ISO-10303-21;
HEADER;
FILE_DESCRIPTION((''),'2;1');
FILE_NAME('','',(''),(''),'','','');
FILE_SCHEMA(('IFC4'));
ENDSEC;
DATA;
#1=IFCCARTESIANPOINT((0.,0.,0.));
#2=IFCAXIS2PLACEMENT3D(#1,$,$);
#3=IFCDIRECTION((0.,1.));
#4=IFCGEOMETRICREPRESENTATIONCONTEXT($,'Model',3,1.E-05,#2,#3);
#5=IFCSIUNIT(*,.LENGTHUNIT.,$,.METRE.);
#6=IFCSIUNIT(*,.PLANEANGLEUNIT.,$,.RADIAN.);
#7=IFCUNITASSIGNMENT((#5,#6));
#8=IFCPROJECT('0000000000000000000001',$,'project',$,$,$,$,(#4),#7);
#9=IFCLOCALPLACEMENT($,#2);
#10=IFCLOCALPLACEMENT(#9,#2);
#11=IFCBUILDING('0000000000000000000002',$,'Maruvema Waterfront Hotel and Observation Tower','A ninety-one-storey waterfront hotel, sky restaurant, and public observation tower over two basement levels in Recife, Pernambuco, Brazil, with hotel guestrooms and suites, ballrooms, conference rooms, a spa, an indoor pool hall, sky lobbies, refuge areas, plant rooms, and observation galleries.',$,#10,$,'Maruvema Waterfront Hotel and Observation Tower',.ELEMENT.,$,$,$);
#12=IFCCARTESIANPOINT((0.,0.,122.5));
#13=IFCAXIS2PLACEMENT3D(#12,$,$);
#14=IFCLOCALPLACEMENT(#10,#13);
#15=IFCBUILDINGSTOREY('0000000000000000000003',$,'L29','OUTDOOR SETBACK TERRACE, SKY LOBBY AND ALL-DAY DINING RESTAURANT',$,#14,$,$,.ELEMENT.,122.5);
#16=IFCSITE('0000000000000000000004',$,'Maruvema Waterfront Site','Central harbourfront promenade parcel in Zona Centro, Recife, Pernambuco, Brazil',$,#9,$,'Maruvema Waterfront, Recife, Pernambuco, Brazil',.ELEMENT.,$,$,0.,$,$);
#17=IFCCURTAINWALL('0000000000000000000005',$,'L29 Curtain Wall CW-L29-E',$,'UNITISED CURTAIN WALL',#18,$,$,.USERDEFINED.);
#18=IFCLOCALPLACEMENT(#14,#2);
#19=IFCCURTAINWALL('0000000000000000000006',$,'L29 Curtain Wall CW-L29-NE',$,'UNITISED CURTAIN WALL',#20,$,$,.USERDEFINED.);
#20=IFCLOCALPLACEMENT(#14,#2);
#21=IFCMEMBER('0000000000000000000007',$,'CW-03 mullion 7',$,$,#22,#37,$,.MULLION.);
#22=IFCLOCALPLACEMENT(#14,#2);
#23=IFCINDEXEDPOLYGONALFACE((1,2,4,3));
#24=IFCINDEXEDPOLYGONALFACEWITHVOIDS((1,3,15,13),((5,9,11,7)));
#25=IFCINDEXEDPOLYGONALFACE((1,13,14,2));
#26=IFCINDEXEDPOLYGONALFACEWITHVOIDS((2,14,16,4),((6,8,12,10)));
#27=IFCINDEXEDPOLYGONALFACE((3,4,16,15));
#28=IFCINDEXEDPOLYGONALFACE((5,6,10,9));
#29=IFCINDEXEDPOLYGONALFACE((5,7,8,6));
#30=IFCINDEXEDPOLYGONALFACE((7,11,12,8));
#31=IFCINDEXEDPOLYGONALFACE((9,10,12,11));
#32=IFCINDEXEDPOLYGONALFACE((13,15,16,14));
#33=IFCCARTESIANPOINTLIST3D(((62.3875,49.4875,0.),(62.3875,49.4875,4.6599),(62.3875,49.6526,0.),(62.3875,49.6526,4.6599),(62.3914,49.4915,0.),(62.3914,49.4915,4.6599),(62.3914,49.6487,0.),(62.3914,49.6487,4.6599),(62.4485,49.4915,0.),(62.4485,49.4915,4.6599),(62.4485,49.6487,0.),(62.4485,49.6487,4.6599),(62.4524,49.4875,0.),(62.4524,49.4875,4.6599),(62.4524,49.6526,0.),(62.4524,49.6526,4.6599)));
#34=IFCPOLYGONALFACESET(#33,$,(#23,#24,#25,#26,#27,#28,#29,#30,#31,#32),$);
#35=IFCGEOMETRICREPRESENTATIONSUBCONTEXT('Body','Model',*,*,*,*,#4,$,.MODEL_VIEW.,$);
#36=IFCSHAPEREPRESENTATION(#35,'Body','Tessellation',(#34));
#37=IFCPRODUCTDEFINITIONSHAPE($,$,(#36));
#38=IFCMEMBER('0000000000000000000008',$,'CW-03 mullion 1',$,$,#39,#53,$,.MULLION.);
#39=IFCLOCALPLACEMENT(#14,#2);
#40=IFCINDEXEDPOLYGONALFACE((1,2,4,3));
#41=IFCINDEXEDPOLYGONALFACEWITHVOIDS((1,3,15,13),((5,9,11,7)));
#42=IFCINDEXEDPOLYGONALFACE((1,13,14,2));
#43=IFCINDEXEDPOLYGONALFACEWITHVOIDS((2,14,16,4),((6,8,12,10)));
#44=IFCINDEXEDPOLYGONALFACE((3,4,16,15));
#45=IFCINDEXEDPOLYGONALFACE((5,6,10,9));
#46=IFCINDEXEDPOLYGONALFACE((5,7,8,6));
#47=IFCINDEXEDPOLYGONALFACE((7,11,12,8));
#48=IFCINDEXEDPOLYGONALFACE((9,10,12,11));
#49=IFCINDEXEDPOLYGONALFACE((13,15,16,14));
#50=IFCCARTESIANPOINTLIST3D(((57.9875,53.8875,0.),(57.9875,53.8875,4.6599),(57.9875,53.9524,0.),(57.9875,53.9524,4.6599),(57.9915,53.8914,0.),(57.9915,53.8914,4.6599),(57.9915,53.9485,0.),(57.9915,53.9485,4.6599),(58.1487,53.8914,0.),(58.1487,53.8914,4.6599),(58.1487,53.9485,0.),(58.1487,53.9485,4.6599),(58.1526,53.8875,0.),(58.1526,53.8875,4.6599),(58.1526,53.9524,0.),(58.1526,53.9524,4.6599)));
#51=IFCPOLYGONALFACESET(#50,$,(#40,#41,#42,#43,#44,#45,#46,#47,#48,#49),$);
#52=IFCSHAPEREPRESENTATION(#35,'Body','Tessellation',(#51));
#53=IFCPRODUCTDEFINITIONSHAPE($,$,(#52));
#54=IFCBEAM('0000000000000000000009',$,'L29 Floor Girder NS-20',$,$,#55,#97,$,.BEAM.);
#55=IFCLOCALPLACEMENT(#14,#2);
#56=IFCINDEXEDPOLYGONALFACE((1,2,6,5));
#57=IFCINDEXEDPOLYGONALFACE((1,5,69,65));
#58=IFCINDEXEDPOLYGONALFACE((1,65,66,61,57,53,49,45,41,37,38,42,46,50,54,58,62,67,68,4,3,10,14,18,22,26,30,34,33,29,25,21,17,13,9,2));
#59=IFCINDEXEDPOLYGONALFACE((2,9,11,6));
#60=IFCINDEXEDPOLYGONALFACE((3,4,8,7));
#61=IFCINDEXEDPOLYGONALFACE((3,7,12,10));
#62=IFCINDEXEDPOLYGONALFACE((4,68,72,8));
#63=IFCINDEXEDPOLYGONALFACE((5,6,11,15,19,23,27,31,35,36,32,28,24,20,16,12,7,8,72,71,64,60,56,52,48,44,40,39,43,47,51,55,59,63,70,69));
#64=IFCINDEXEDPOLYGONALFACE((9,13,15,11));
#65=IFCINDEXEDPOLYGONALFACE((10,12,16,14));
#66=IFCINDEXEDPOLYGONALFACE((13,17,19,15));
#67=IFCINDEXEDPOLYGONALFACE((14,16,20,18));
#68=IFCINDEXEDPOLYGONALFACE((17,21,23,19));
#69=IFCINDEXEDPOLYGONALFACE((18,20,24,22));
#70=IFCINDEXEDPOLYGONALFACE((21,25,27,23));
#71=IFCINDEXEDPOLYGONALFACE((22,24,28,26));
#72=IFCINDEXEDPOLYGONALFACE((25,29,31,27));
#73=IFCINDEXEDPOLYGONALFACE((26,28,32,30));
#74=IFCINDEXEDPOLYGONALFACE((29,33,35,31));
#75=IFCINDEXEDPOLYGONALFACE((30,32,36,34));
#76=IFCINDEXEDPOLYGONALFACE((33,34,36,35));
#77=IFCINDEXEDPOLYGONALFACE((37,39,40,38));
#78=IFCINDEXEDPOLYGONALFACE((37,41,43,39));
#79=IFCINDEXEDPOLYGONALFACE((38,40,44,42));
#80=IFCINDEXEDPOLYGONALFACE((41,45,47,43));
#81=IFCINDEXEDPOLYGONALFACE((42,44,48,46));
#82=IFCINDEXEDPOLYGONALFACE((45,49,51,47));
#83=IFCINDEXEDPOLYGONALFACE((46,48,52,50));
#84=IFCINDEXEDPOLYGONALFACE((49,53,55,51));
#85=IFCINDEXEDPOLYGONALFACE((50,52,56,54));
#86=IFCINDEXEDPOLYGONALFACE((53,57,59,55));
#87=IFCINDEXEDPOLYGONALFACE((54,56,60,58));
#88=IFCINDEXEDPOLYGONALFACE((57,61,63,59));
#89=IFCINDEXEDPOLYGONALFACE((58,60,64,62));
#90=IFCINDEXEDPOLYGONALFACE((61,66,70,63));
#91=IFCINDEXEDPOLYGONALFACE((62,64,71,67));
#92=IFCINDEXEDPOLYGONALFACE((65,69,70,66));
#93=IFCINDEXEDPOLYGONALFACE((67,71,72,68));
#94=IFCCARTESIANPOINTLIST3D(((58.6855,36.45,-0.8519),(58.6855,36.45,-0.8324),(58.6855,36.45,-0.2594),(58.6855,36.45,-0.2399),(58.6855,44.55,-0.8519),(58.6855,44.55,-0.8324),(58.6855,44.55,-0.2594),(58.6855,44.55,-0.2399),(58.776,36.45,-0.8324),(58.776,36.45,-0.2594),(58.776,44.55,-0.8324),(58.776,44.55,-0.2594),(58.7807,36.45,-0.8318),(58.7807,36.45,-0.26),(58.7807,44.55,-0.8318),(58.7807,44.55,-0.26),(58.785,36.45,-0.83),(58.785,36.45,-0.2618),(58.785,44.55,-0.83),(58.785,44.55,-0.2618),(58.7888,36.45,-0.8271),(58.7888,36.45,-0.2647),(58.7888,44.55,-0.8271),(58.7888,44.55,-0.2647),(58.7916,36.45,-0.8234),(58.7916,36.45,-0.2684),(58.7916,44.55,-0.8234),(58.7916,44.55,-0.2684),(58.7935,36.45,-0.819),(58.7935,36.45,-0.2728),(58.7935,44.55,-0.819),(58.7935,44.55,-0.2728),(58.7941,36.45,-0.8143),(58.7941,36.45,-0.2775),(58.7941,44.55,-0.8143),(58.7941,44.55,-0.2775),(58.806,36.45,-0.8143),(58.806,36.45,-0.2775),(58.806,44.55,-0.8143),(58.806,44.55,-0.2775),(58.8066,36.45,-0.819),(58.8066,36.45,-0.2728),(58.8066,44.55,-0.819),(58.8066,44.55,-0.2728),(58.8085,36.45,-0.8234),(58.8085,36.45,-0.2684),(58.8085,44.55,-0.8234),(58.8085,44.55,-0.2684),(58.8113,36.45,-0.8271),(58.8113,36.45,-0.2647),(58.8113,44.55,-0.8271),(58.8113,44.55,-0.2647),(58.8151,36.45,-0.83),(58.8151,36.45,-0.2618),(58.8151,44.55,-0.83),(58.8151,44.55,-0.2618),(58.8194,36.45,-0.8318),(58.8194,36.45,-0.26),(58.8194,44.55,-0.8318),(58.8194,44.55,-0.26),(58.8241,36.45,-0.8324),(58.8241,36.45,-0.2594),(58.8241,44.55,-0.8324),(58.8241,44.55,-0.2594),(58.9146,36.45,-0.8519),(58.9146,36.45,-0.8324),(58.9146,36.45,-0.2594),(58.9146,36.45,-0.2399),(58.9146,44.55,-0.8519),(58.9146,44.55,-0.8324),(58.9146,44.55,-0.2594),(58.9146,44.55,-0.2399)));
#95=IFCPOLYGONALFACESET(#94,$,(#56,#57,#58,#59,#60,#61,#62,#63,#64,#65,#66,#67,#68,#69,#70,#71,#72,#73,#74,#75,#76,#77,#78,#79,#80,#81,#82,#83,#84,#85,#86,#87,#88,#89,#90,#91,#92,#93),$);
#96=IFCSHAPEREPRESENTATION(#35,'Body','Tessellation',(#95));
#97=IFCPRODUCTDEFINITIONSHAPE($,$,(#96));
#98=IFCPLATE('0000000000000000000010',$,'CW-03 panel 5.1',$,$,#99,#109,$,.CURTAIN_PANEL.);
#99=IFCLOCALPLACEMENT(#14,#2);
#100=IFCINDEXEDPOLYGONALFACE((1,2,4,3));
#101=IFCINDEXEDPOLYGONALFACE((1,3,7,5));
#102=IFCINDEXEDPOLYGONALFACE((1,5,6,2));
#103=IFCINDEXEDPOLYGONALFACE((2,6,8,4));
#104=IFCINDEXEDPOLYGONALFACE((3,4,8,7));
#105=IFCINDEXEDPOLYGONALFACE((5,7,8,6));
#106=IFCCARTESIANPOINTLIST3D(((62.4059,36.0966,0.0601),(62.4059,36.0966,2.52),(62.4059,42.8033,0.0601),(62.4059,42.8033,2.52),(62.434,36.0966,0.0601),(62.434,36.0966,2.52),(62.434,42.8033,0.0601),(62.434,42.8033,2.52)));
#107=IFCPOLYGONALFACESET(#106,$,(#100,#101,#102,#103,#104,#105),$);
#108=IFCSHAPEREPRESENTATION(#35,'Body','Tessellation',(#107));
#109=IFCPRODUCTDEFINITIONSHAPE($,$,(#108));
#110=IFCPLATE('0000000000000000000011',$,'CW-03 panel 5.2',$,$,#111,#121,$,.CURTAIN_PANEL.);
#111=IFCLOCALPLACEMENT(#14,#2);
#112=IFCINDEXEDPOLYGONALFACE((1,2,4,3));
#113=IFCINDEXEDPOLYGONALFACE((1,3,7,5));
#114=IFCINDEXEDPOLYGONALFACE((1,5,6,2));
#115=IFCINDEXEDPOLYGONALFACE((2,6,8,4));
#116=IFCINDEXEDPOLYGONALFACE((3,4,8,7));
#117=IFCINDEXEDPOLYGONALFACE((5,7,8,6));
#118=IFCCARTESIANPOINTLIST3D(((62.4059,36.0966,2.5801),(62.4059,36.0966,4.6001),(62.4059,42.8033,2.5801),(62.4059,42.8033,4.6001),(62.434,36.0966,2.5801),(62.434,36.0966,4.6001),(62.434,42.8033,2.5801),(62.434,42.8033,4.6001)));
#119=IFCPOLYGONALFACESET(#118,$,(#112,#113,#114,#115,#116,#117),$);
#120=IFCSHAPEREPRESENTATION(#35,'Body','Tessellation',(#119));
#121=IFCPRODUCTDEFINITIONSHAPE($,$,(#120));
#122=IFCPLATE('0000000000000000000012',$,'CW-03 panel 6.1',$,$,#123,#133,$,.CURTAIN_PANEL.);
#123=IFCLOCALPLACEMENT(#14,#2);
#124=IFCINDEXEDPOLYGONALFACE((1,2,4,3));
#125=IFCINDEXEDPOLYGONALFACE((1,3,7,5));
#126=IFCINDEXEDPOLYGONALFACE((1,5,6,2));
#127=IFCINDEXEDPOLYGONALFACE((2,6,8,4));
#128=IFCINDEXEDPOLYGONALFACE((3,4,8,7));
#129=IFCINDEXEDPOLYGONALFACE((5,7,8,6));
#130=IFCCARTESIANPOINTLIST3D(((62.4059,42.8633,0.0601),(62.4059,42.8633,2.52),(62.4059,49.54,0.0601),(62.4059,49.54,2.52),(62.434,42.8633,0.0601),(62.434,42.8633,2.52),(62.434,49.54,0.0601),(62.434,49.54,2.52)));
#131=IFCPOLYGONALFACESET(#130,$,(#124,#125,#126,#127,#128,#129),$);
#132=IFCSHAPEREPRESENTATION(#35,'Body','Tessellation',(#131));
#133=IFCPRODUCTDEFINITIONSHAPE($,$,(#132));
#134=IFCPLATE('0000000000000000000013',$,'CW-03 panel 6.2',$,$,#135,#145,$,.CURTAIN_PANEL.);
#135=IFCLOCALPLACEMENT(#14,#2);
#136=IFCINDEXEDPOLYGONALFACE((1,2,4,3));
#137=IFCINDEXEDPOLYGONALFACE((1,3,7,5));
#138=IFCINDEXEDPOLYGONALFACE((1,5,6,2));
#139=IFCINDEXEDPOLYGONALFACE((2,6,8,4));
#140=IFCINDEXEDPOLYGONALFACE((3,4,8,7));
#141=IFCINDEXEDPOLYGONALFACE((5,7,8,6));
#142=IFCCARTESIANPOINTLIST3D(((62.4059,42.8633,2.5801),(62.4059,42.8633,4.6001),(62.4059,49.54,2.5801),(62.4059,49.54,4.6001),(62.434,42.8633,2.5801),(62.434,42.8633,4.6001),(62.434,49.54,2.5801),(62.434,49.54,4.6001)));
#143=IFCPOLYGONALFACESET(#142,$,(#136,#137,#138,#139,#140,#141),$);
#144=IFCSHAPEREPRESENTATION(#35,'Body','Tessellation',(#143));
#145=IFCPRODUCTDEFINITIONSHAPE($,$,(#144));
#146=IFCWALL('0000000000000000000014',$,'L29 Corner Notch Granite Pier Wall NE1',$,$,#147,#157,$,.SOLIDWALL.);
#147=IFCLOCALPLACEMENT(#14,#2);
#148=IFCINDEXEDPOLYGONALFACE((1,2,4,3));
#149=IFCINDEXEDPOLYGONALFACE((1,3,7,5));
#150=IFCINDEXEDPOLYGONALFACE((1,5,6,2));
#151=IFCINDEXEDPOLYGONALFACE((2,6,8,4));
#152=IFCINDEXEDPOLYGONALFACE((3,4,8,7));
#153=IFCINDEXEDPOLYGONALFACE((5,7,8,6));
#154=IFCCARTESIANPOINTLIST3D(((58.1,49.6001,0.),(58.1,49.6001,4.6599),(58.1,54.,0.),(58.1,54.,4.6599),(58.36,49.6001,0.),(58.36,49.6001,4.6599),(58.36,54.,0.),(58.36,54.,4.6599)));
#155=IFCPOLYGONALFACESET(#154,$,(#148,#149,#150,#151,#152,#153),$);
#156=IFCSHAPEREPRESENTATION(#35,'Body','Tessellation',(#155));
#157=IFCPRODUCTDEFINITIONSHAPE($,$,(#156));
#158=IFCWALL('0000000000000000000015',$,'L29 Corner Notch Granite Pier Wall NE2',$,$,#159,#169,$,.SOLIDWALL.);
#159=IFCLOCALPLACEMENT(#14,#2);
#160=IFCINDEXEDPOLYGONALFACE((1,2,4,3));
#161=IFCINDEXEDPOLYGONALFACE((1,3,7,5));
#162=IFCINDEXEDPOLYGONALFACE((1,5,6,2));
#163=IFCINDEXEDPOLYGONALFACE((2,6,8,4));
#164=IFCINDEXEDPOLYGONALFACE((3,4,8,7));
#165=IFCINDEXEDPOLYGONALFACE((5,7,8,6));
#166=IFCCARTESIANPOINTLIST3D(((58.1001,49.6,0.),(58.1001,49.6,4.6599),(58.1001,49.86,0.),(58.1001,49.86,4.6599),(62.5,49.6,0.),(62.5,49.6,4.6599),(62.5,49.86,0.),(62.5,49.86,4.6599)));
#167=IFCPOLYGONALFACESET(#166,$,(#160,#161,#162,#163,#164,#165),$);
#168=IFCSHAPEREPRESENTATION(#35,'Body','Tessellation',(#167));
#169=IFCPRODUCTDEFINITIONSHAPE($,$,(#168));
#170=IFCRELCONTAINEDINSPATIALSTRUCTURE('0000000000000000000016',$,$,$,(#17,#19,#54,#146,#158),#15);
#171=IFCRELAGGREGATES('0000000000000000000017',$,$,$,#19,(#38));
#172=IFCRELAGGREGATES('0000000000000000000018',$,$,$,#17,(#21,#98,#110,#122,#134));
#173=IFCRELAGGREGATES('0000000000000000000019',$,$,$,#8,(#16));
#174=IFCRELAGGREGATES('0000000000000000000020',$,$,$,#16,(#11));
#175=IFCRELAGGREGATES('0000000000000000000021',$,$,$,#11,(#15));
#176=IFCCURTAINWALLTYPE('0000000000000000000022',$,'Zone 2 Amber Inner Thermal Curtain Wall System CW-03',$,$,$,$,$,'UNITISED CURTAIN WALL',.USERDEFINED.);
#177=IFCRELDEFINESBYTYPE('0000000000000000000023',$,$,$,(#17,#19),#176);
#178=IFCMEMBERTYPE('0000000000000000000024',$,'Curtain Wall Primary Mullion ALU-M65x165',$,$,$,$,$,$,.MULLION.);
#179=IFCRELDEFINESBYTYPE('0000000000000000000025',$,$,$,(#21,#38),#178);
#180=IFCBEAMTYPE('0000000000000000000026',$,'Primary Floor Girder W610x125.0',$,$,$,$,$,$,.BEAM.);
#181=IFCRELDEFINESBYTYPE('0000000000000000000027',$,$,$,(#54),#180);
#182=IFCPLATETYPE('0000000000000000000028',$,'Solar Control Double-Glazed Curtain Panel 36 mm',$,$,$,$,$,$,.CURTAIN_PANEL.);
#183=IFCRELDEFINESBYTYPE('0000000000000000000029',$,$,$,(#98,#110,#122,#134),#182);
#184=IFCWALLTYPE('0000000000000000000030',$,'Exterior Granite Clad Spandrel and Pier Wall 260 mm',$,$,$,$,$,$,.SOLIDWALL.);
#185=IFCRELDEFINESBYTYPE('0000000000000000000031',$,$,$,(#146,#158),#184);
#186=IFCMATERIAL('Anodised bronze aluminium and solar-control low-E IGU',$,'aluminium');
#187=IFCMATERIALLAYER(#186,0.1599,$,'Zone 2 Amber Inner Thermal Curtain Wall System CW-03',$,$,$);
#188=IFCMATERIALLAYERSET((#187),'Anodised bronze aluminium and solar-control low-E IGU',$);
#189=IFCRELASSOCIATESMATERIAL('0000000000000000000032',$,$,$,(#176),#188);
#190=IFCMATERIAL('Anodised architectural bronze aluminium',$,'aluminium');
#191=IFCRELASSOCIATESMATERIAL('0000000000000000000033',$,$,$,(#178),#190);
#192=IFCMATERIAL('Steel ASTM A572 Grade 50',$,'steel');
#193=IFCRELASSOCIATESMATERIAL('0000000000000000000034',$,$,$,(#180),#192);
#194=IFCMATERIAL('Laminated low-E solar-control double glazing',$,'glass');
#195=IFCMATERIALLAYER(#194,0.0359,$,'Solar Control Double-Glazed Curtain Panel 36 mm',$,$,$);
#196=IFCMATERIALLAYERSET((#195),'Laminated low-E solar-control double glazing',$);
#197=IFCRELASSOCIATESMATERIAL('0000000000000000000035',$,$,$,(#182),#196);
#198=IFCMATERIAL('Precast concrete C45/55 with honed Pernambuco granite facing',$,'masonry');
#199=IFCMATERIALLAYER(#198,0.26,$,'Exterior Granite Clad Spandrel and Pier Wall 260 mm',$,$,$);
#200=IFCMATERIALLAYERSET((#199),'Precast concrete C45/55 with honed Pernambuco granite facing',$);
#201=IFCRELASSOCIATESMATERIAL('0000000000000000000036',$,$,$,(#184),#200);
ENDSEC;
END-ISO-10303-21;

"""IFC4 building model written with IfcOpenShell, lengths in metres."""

from ifc_helpers import new_model, si_unit, direction, frame, frame_2d, origin, origin_2d, place, context, subcontext, project, spatial, rectangle, hollow_rectangle, i_section, extrude, material, layer, layer_set, material_profile, profile_set, type_object, element, aggregate, save


model = new_model("IFC4")

# Units and contexts
model_context = context("Model", 3, precision=1e-05, world=origin(), true_north=direction((0.0, 1.0)))
body_context = subcontext(model_context, "Body", "Model", "MODEL_VIEW")
ifc_project = project(units=[si_unit("LENGTHUNIT", "METRE"), si_unit("PLANEANGLEUNIT", "RADIAN")], contexts=[model_context])

# Site, building, storey
site_placement = place(None, origin())
site = spatial("IfcSite", under=ifc_project, at=site_placement, Name="Maruvema Waterfront Site", Description="Central harbourfront promenade parcel in Zona Centro, Recife, Pernambuco, Brazil", LongName="Maruvema Waterfront, Recife, Pernambuco, Brazil", CompositionType="ELEMENT", RefElevation=0.0)
building_placement = place(site_placement, origin())
building = spatial("IfcBuilding", under=site, at=building_placement, Name="Maruvema Waterfront Hotel and Observation Tower", Description="A ninety-one-storey waterfront hotel, sky restaurant, and public observation tower over two basement levels in Recife, Pernambuco, Brazil, with hotel guestrooms and suites, ballrooms, conference rooms, a spa, an indoor pool hall, sky lobbies, refuge areas, plant rooms, and observation galleries.", LongName="Maruvema Waterfront Hotel and Observation Tower", CompositionType="ELEMENT")
storey_placement = place(building_placement, frame((0.0, 0.0, 122.5)))
storey = spatial("IfcBuildingStorey", under=building, at=storey_placement, Name="L29", Description="OUTDOOR SETBACK TERRACE, SKY LOBBY AND ALL-DAY DINING RESTAURANT", CompositionType="ELEMENT", Elevation=122.5)

# Curtain wall
ifc_material_1 = material(Name="Anodised bronze aluminium and solar-control low-E IGU", Category="aluminium")
ifc_layer_1 = layer(ifc_material_1, 0.1599, Name="Zone 2 Amber Inner Thermal Curtain Wall System CW-03")
ifc_layer_set_1 = layer_set([ifc_layer_1], Name="Anodised bronze aluminium and solar-control low-E IGU")
curtain_wall_type = type_object("IfcCurtainWallType", Name="Zone 2 Amber Inner Thermal Curtain Wall System CW-03", ElementType="UNITISED CURTAIN WALL", PredefinedType="USERDEFINED", material=ifc_layer_set_1)
curtain_wall_1_placement = place(storey_placement, origin())
curtain_wall_1 = element("IfcCurtainWall", 1, at=curtain_wall_1_placement, inside=storey, type_object=curtain_wall_type, Name="L29 Curtain Wall CW-L29-E", ObjectType="UNITISED CURTAIN WALL", PredefinedType="USERDEFINED")

# Curtain wall
curtain_wall_2_placement = place(storey_placement, origin())
curtain_wall_2 = element("IfcCurtainWall", 2, at=curtain_wall_2_placement, inside=storey, type_object=curtain_wall_type, Name="L29 Curtain Wall CW-L29-NE", ObjectType="UNITISED CURTAIN WALL", PredefinedType="USERDEFINED")

# Members
ifc_material_2 = material(Name="Anodised architectural bronze aluminium", Category="aluminium")
ifc_material_profile_1 = material_profile(ifc_material_2, hollow_rectangle(XDim=0.0649, YDim=0.165, WallThickness=0.0039, at=origin_2d()), Name="ALU-M65x165")
ifc_profile_set_1 = profile_set([ifc_material_profile_1], Name="Anodised architectural bronze aluminium")
member_type_1 = type_object("IfcMemberType", Name="Curtain Wall Primary Mullion ALU-M65x165", PredefinedType="MULLION", material=ifc_profile_set_1)
member_1_placement = place(storey_placement, frame((62.4199, 49.5701, 0.0), z_axis=(0.0, 0.0, 1.0), x_axis=(-1.0, 0.0, 0.0)))
member_1 = element("IfcMember", 3, at=member_1_placement, type_object=member_type_1, Name="CW-03 mullion 7", PredefinedType="MULLION", context=body_context, shape_type="SweptSolid", body=[
    extrude(hollow_rectangle(XDim=0.0649, YDim=0.165, WallThickness=0.0039, at=origin_2d()), origin(), (0.0, 0.0, 1.0), 4.6599),
])
member_2_placement = place(storey_placement, frame((58.0701, 53.9199, 0.0), z_axis=(0.0, 0.0, 1.0), x_axis=(0.0, -1.0, 0.0)))
member_2 = element("IfcMember", 4, at=member_2_placement, type_object=member_type_1, Name="CW-03 mullion 1", PredefinedType="MULLION", context=body_context, shape_type="SweptSolid", body=[
    extrude(hollow_rectangle(XDim=0.0649, YDim=0.165, WallThickness=0.0039, at=origin_2d()), origin(), (0.0, 0.0, 1.0), 4.6599),
])
aggregate(curtain_wall_2, [member_2])

# Beam
ifc_material_3 = material(Name="Steel ASTM A572 Grade 50", Category="steel")
ifc_material_profile_2 = material_profile(ifc_material_3, i_section(OverallWidth=0.229, OverallDepth=0.6121, WebThickness=0.012, FlangeThickness=0.0195, FilletRadius=0.0181, at=origin_2d()), Name="W610x125.0")
ifc_profile_set_2 = profile_set([ifc_material_profile_2], Name="Steel ASTM A572 Grade 50")
beam_type = type_object("IfcBeamType", Name="Primary Floor Girder W610x125.0", PredefinedType="BEAM", material=ifc_profile_set_2)
beam_placement = place(storey_placement, frame((58.8, 36.45, -0.5459), z_axis=(0.0, 1.0, 0.0), x_axis=(-1.0, 0.0, 0.0)))
element("IfcBeam", 5, at=beam_placement, inside=storey, type_object=beam_type, Name="L29 Floor Girder NS-20", PredefinedType="BEAM", context=body_context, shape_type="SweptSolid", body=[
    extrude(i_section(OverallWidth=0.229, OverallDepth=0.6121, WebThickness=0.012, FlangeThickness=0.0195, FilletRadius=0.0181, at=origin_2d()), origin(), (0.0, 0.0, 1.0), 8.1001),
])

# Plates
ifc_material_4 = material(Name="Laminated low-E solar-control double glazing", Category="glass")
ifc_layer_2 = layer(ifc_material_4, 0.0359, Name="Solar Control Double-Glazed Curtain Panel 36 mm")
ifc_layer_set_2 = layer_set([ifc_layer_2], Name="Laminated low-E solar-control double glazing")
plate_type = type_object("IfcPlateType", Name="Solar Control Double-Glazed Curtain Panel 36 mm", PredefinedType="CURTAIN_PANEL", material=ifc_layer_set_2)
plate_1_placement = place(storey_placement, frame((62.4199, 39.45, 0.0601), z_axis=(0.0, 0.0, 1.0), x_axis=(0.0, 1.0, 0.0)))
plate_1 = element("IfcPlate", 6, at=plate_1_placement, type_object=plate_type, Name="CW-03 panel 5.1", PredefinedType="CURTAIN_PANEL", context=body_context, shape_type="SweptSolid", body=[
    extrude(rectangle(XDim=6.7068, YDim=0.0281, at=origin_2d()), origin(), (0.0, 0.0, 1.0), 2.46),
])
plate_2_placement = place(storey_placement, frame((62.4199, 39.45, 2.5801), z_axis=(0.0, 0.0, 1.0), x_axis=(0.0, 1.0, 0.0)))
plate_2 = element("IfcPlate", 7, at=plate_2_placement, type_object=plate_type, Name="CW-03 panel 5.2", PredefinedType="CURTAIN_PANEL", context=body_context, shape_type="SweptSolid", body=[
    extrude(rectangle(XDim=6.7068, YDim=0.0281, at=origin_2d()), origin(), (0.0, 0.0, 1.0), 2.02),
])
plate_3_placement = place(storey_placement, frame((62.4199, 46.2017, 0.0601), z_axis=(0.0, 0.0, 1.0), x_axis=(0.0, 1.0, 0.0)))
plate_3 = element("IfcPlate", 8, at=plate_3_placement, type_object=plate_type, Name="CW-03 panel 6.1", PredefinedType="CURTAIN_PANEL", context=body_context, shape_type="SweptSolid", body=[
    extrude(rectangle(XDim=6.6768, YDim=0.0281, at=origin_2d()), origin(), (0.0, 0.0, 1.0), 2.46),
])
plate_4_placement = place(storey_placement, frame((62.4199, 46.2017, 2.5801), z_axis=(0.0, 0.0, 1.0), x_axis=(0.0, 1.0, 0.0)))
plate_4 = element("IfcPlate", 9, at=plate_4_placement, type_object=plate_type, Name="CW-03 panel 6.2", PredefinedType="CURTAIN_PANEL", context=body_context, shape_type="SweptSolid", body=[
    extrude(rectangle(XDim=6.6768, YDim=0.0281, at=origin_2d()), origin(), (0.0, 0.0, 1.0), 2.02),
])
aggregate(curtain_wall_1, [member_1, plate_1, plate_2, plate_3, plate_4])

# Walls
ifc_material_5 = material(Name="Precast concrete C45/55 with honed Pernambuco granite facing", Category="masonry")
ifc_layer_3 = layer(ifc_material_5, 0.26, Name="Exterior Granite Clad Spandrel and Pier Wall 260 mm")
ifc_layer_set_3 = layer_set([ifc_layer_3], Name="Precast concrete C45/55 with honed Pernambuco granite facing")
wall_type = type_object("IfcWallType", Name="Exterior Granite Clad Spandrel and Pier Wall 260 mm", PredefinedType="SOLIDWALL", material=ifc_layer_set_3)
for number, where, z_axis, x_axis, name in (
    (10, (58.23, 54.0, 0.0), (0.0, 0.0, 1.0), (0.0, -1.0, 0.0), "L29 Corner Notch Granite Pier Wall NE1"),
    (11, (58.1001, 49.73, 0.0), (0.0, 0.0, 1.0), (1.0, 0.0, 0.0), "L29 Corner Notch Granite Pier Wall NE2"),
):
    element("IfcWall", number, at=place(storey_placement, frame(where, z_axis=z_axis, x_axis=x_axis)), inside=storey, type_object=wall_type, Name=name, PredefinedType="SOLIDWALL", context=body_context, shape_type="SweptSolid", body=[
        extrude(rectangle(XDim=4.3999, YDim=0.26, at=frame_2d((2.2, 0.0))), origin(), (0.0, 0.0, 1.0), 4.6599),
    ])

save(model, "model.ifc")
